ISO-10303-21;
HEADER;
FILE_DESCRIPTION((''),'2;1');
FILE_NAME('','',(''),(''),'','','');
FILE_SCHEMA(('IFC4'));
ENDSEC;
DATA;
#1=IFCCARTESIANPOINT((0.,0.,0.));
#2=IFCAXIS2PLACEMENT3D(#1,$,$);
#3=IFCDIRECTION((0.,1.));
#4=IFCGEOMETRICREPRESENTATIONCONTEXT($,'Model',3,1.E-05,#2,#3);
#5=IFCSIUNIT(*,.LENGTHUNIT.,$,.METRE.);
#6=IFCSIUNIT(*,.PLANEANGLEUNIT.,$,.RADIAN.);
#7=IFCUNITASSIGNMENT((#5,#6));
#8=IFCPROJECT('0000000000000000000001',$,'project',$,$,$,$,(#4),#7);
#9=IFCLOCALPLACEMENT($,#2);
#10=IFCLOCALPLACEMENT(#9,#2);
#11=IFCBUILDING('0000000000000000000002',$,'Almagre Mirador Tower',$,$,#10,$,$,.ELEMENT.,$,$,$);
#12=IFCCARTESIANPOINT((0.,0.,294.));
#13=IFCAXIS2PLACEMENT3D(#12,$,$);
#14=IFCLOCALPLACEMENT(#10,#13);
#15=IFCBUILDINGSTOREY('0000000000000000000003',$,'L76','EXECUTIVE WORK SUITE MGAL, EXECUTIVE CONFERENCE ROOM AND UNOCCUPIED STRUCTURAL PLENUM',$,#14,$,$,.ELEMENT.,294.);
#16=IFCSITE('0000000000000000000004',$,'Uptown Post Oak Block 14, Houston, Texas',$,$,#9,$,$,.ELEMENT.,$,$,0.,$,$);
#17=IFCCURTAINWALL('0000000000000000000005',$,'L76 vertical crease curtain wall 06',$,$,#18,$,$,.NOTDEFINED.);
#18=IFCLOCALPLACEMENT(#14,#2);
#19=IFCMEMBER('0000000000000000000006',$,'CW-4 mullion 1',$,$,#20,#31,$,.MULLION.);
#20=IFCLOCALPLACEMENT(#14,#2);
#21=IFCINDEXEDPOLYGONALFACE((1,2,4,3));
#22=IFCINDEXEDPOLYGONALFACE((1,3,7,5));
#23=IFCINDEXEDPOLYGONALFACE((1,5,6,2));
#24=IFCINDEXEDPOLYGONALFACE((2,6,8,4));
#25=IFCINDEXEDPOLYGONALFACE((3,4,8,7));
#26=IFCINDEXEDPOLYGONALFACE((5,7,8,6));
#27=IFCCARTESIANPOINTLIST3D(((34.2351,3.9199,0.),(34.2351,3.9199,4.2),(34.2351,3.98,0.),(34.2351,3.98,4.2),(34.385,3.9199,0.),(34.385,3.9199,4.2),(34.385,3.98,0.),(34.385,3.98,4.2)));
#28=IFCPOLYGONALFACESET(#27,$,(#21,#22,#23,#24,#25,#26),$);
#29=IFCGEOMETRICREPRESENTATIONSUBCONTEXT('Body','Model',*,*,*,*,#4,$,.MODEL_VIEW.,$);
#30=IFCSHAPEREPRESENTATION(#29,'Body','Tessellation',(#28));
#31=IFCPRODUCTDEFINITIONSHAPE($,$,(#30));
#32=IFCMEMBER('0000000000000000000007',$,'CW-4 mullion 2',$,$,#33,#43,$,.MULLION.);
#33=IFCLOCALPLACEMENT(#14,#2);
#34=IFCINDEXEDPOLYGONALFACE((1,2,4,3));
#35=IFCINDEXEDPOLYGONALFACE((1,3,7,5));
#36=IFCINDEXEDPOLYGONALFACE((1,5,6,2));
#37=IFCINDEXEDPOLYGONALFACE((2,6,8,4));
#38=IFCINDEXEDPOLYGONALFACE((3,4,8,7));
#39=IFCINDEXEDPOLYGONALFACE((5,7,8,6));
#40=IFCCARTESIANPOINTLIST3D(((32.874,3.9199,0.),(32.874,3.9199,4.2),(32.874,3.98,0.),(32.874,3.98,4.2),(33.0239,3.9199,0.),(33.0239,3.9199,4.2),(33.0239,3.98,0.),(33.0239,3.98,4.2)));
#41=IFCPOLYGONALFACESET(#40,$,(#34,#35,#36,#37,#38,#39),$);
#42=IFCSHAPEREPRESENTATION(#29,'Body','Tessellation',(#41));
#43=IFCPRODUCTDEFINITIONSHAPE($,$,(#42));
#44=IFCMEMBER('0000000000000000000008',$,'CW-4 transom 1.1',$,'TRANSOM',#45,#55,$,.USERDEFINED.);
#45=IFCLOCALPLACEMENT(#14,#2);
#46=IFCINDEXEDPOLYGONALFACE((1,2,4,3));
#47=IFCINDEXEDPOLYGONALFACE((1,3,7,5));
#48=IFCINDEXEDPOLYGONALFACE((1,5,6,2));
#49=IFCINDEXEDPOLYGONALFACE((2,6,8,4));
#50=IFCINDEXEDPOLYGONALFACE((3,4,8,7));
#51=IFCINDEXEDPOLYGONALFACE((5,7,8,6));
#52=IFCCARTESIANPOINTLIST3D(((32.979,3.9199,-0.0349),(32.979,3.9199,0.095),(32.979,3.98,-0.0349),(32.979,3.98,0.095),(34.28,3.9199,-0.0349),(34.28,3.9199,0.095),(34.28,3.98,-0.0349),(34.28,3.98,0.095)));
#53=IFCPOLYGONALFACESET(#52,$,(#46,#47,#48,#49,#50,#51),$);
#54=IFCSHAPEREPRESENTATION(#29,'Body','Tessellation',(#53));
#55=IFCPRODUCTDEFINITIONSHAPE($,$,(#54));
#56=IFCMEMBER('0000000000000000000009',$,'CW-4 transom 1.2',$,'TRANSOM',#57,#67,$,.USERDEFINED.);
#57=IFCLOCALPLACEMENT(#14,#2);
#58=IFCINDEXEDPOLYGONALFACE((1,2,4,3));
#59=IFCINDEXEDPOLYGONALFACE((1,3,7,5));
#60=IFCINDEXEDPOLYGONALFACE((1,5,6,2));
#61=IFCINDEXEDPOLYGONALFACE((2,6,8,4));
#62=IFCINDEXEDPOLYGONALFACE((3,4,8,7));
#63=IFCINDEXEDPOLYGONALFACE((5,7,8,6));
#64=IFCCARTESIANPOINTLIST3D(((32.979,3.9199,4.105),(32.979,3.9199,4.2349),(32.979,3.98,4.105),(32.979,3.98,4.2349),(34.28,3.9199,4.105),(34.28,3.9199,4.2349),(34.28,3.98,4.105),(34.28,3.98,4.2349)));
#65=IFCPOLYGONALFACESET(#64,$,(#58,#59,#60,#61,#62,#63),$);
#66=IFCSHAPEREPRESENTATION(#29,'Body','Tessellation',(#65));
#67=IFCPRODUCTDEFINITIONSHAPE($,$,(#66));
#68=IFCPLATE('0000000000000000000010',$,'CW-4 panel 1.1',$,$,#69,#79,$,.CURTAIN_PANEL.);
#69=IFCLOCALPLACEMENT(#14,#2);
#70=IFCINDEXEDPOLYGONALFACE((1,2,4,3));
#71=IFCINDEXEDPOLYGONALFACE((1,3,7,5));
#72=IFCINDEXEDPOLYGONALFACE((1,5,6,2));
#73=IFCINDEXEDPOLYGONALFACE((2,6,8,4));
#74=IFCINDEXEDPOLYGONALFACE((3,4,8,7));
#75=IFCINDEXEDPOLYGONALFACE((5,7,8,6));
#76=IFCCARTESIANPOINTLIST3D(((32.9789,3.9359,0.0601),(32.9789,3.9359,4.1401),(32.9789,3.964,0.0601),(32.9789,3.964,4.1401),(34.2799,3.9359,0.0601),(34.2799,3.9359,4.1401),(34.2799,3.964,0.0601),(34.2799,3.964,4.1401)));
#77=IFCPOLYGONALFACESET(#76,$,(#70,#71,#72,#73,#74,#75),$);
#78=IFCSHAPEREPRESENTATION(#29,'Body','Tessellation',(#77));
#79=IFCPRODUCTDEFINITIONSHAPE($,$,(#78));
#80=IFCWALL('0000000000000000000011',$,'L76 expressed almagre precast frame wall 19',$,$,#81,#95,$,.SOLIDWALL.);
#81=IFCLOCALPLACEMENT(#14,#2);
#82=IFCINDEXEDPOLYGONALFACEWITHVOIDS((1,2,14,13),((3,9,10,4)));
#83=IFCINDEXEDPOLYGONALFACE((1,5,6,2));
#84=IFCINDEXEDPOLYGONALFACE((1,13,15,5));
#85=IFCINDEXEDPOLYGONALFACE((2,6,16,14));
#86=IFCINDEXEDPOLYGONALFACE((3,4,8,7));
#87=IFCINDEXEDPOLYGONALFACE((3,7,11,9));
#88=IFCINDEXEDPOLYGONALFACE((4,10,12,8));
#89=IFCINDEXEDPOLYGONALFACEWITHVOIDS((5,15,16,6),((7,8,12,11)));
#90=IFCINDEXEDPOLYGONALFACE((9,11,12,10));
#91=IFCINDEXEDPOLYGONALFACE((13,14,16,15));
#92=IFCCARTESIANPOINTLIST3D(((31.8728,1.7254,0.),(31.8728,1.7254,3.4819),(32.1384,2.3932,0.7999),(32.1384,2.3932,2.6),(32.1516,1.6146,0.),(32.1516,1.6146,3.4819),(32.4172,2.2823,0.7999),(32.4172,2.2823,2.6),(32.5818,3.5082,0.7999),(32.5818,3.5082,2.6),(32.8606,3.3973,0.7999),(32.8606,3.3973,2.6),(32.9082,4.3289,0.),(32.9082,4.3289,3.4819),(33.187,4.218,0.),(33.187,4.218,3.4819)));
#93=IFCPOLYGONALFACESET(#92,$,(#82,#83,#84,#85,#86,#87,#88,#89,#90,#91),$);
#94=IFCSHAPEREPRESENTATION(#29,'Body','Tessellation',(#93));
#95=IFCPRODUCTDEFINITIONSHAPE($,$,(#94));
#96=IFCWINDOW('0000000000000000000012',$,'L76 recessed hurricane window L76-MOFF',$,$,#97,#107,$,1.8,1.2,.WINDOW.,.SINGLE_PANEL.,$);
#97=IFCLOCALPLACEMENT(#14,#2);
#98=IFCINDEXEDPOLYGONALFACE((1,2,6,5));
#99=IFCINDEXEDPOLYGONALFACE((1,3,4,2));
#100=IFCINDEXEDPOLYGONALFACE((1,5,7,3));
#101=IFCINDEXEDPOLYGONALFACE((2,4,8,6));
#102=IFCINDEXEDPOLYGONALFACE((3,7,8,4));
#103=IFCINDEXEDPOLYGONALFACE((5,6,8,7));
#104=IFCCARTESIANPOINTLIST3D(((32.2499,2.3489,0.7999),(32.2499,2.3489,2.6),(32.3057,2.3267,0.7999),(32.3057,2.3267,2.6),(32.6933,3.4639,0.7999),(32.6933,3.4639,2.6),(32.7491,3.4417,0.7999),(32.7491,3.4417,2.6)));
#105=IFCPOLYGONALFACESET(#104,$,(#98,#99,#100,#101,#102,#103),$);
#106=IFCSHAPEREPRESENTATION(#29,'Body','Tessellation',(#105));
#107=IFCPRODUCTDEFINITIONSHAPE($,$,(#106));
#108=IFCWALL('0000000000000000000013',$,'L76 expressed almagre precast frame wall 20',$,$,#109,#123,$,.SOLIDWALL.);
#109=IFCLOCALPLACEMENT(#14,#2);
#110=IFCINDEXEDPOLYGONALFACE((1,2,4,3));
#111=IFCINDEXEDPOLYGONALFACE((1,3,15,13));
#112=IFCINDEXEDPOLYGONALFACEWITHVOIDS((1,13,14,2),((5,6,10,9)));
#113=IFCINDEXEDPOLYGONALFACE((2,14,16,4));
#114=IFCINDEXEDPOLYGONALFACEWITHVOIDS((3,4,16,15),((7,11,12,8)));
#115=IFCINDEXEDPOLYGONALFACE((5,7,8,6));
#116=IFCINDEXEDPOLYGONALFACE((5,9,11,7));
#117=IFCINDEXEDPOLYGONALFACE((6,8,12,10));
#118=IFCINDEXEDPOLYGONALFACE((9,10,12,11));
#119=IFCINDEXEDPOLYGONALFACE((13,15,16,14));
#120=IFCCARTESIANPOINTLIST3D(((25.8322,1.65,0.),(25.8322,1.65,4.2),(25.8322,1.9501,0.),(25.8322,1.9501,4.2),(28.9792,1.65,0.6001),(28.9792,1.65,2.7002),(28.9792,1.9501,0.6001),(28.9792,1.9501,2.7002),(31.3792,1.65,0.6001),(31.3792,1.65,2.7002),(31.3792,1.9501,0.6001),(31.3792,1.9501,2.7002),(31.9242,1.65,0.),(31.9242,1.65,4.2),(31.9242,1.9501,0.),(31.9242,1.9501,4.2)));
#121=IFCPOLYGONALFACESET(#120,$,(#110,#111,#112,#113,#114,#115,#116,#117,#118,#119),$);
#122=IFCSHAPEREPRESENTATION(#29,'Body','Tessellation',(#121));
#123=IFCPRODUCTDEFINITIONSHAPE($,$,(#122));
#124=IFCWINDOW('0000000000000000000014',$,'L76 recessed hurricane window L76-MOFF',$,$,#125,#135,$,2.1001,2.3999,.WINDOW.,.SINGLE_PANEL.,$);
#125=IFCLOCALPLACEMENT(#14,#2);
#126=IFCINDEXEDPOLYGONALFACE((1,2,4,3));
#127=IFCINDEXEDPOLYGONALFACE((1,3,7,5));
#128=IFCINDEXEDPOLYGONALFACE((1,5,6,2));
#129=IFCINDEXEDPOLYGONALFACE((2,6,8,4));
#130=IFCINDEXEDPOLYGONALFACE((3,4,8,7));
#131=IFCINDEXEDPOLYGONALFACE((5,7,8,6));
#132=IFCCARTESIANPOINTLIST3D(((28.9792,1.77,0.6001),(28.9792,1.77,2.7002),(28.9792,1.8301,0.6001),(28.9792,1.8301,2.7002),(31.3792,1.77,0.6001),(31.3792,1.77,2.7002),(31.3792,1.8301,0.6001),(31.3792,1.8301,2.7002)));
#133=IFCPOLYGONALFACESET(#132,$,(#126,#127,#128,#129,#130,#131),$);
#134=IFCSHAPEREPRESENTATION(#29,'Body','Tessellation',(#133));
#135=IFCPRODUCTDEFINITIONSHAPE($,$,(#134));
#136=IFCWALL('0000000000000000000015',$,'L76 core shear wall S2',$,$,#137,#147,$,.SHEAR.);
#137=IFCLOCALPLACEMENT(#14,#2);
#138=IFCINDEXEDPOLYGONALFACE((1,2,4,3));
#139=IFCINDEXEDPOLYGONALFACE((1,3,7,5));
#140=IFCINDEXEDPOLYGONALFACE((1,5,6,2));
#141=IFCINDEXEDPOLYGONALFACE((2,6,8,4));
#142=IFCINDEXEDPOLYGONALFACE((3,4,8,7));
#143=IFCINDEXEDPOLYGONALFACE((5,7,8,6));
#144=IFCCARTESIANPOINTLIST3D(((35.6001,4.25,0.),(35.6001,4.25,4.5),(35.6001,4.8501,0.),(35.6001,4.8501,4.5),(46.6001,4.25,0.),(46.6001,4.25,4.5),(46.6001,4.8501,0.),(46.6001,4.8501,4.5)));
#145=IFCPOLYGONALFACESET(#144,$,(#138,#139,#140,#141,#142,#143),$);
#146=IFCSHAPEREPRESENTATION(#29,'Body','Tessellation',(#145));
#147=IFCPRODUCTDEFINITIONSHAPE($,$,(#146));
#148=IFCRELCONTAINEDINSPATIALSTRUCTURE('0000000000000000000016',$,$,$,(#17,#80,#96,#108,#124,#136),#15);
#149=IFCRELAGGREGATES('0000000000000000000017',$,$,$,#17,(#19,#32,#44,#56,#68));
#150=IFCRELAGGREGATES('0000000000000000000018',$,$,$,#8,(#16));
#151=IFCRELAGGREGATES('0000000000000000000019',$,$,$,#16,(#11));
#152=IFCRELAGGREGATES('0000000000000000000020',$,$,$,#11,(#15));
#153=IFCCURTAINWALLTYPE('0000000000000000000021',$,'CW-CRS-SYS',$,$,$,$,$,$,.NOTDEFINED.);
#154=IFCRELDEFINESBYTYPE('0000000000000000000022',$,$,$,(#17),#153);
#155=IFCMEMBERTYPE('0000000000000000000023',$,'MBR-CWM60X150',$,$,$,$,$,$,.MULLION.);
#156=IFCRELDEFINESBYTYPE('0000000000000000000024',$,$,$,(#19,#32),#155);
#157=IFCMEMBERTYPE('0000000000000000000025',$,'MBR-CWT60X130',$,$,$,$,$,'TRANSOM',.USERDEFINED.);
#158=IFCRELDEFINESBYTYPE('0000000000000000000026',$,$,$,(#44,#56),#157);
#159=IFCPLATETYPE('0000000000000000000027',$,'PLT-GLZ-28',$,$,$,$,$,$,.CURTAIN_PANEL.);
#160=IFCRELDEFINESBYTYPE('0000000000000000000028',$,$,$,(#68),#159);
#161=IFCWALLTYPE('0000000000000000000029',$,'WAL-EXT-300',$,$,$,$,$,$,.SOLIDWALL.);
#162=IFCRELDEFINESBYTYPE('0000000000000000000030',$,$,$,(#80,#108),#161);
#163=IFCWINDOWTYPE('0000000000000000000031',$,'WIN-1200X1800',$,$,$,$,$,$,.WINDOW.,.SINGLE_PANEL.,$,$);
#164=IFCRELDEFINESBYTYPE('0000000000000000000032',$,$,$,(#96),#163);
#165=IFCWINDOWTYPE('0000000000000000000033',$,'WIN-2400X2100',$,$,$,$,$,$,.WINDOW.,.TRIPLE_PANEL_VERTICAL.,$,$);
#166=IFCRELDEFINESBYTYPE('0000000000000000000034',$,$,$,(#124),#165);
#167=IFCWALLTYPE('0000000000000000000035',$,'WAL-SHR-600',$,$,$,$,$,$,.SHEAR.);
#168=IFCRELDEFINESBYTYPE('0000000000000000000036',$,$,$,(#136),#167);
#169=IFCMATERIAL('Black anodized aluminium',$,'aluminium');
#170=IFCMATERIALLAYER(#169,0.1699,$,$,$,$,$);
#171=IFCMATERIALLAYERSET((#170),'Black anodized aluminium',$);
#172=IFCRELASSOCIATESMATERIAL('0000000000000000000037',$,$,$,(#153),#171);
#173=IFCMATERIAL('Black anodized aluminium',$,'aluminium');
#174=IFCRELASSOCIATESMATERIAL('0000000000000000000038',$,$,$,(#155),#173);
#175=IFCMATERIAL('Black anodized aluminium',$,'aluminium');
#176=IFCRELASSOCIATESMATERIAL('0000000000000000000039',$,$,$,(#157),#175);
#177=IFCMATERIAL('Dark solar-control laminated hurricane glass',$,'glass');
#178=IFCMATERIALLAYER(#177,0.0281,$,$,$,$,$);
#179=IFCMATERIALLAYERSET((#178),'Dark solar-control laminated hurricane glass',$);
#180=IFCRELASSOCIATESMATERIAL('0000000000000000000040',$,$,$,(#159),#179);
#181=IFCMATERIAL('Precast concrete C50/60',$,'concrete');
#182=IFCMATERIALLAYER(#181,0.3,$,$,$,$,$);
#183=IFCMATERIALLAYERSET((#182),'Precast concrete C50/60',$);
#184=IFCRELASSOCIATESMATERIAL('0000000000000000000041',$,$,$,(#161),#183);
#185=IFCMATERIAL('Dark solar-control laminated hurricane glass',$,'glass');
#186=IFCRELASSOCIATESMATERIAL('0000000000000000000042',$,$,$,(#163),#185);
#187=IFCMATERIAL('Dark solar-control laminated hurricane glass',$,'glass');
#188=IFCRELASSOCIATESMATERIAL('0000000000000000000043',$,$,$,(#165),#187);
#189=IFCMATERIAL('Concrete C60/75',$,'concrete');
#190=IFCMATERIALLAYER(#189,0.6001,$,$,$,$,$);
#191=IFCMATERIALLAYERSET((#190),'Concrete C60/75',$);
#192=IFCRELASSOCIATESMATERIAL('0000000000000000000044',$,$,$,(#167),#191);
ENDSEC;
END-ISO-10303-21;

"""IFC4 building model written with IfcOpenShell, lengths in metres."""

from ifc_helpers import new_model, si_unit, direction, frame, frame_2d, origin, origin_2d, place, context, subcontext, project, spatial, rectangle, extrude, material, layer, layer_set, material_profile, profile_set, type_object, element, fill, aggregate, save


model = new_model("IFC4")

# Units and contexts
model_context = context("Model", 3, precision=1e-05, world=origin(), true_north=direction((0.0, 1.0)))
body_context = subcontext(model_context, "Body", "Model", "MODEL_VIEW")
ifc_project = project(units=[si_unit("LENGTHUNIT", "METRE"), si_unit("PLANEANGLEUNIT", "RADIAN")], contexts=[model_context])

# Site, building, storey
site_placement = place(None, origin())
site = spatial("IfcSite", under=ifc_project, at=site_placement, Name="Uptown Post Oak Block 14, Houston, Texas", CompositionType="ELEMENT", RefElevation=0.0)
building_placement = place(site_placement, origin())
building = spatial("IfcBuilding", under=site, at=building_placement, Name="Almagre Mirador Tower", CompositionType="ELEMENT")
storey_placement = place(building_placement, frame((0.0, 0.0, 294.0)))
storey = spatial("IfcBuildingStorey", under=building, at=storey_placement, Name="L76", Description="EXECUTIVE WORK SUITE MGAL, EXECUTIVE CONFERENCE ROOM AND UNOCCUPIED STRUCTURAL PLENUM", CompositionType="ELEMENT", Elevation=294.0)

# Curtain wall, members, plate
ifc_material_1 = material(Name="Black anodized aluminium", Category="aluminium")
ifc_layer_1 = layer(ifc_material_1, 0.1699)
ifc_layer_set_1 = layer_set([ifc_layer_1], Name="Black anodized aluminium")
curtain_wall_type = type_object("IfcCurtainWallType", Name="CW-CRS-SYS", PredefinedType="NOTDEFINED", material=ifc_layer_set_1)
curtain_wall_placement = place(storey_placement, origin())
curtain_wall = element("IfcCurtainWall", 1, at=curtain_wall_placement, inside=storey, type_object=curtain_wall_type, Name="L76 vertical crease curtain wall 06", PredefinedType="NOTDEFINED")
ifc_material_2 = material(Name="Black anodized aluminium", Category="aluminium")
ifc_material_profile_1 = material_profile(ifc_material_2, rectangle(XDim=0.0601, YDim=0.1499, at=origin_2d()), Name="CWM60X150")
ifc_profile_set_1 = profile_set([ifc_material_profile_1], Name="Black anodized aluminium")
member_type_1 = type_object("IfcMemberType", Name="MBR-CWM60X150", PredefinedType="MULLION", material=ifc_profile_set_1)
member_1_placement = place(storey_placement, frame((34.3101, 3.95, 0.0), z_axis=(0.0, 0.0, 1.0), x_axis=(0.0, -1.0, 0.0)))
member_1 = element("IfcMember", 2, at=member_1_placement, type_object=member_type_1, Name="CW-4 mullion 1", PredefinedType="MULLION", context=body_context, shape_type="SweptSolid", body=[
    extrude(rectangle(XDim=0.0601, YDim=0.1499, at=origin_2d()), origin(), (0.0, 0.0, 1.0), 4.2),
])
member_2_placement = place(storey_placement, frame((32.949, 3.95, 0.0), z_axis=(0.0, 0.0, 1.0), x_axis=(0.0, -1.0, 0.0)))
member_2 = element("IfcMember", 3, at=member_2_placement, type_object=member_type_1, Name="CW-4 mullion 2", PredefinedType="MULLION", context=body_context, shape_type="SweptSolid", body=[
    extrude(rectangle(XDim=0.0601, YDim=0.1499, at=origin_2d()), origin(), (0.0, 0.0, 1.0), 4.2),
])
ifc_material_3 = material(Name="Black anodized aluminium", Category="aluminium")
ifc_material_profile_2 = material_profile(ifc_material_3, rectangle(XDim=0.0601, YDim=0.1299, at=origin_2d()), Name="CWT60X130")
ifc_profile_set_2 = profile_set([ifc_material_profile_2], Name="Black anodized aluminium")
member_type_2 = type_object("IfcMemberType", Name="MBR-CWT60X130", ElementType="TRANSOM", PredefinedType="USERDEFINED", material=ifc_profile_set_2)
member_3_placement = place(storey_placement, frame((34.28, 3.95, 0.03), z_axis=(-1.0, 0.0, 0.0), x_axis=(0.0, -1.0, 0.0)))
member_3 = element("IfcMember", 4, at=member_3_placement, type_object=member_type_2, Name="CW-4 transom 1.1", ObjectType="TRANSOM", PredefinedType="USERDEFINED", context=body_context, shape_type="SweptSolid", body=[
    extrude(rectangle(XDim=0.0601, YDim=0.1299, at=origin_2d()), origin(), (0.0, 0.0, 1.0), 1.301),
])
member_4_placement = place(storey_placement, frame((34.28, 3.95, 4.1699), z_axis=(-1.0, 0.0, 0.0), x_axis=(0.0, -1.0, 0.0)))
member_4 = element("IfcMember", 5, at=member_4_placement, type_object=member_type_2, Name="CW-4 transom 1.2", ObjectType="TRANSOM", PredefinedType="USERDEFINED", context=body_context, shape_type="SweptSolid", body=[
    extrude(rectangle(XDim=0.0601, YDim=0.1299, at=origin_2d()), origin(), (0.0, 0.0, 1.0), 1.301),
])
ifc_material_4 = material(Name="Dark solar-control laminated hurricane glass", Category="glass")
ifc_layer_2 = layer(ifc_material_4, 0.0281)
ifc_layer_set_2 = layer_set([ifc_layer_2], Name="Dark solar-control laminated hurricane glass")
plate_type = type_object("IfcPlateType", Name="PLT-GLZ-28", PredefinedType="CURTAIN_PANEL", material=ifc_layer_set_2)
plate_placement = place(storey_placement, frame((33.6294, 3.95, 0.0601), z_axis=(0.0, 0.0, 1.0), x_axis=(-1.0, 0.0, 0.0)))
plate = element("IfcPlate", 6, at=plate_placement, type_object=plate_type, Name="CW-4 panel 1.1", PredefinedType="CURTAIN_PANEL", context=body_context, shape_type="SweptSolid", body=[
    extrude(rectangle(XDim=1.301, YDim=0.0281, at=origin_2d()), origin(), (0.0, 0.0, 1.0), 4.0801),
])
aggregate(curtain_wall, [member_1, member_2, member_3, member_4, plate])

# Walls, openings, windows
ifc_material_5 = material(Name="Precast concrete C50/60", Category="concrete")
ifc_layer_3 = layer(ifc_material_5, 0.3)
ifc_layer_set_3 = layer_set([ifc_layer_3], Name="Precast concrete C50/60")
wall_type_1 = type_object("IfcWallType", Name="WAL-EXT-300", PredefinedType="SOLIDWALL", material=ifc_layer_set_3)
wall_1_placement = place(storey_placement, frame((33.0476, 4.2734, 0.0), z_axis=(0.0, 0.0, 1.0), x_axis=(-0.369542, -0.929214, 0.0)))
wall_1 = element("IfcWall", 7, at=wall_1_placement, inside=storey, type_object=wall_type_1, Name="L76 expressed almagre precast frame wall 19", PredefinedType="SOLIDWALL", context=body_context, shape_type="SweptSolid", body=[
    extrude(rectangle(XDim=2.8018, YDim=0.3, at=frame_2d((1.4009, 0.0))), origin(), (0.0, 0.0, 1.0), 3.4819),
])
opening_1_placement = place(wall_1_placement, frame((0.8831, 0.0, 0.8)))
opening_1 = element("IfcOpeningElement", 8, at=opening_1_placement, cuts=wall_1, PredefinedType="OPENING", context=body_context, shape_type="SweptSolid", body=[
    extrude(rectangle(XDim=1.2, YDim=1.8, at=frame_2d((0.6001, 0.8999))), frame((0.0, 0.1599, 0.0), z_axis=(0.0, -1.0, 0.0), x_axis=(1.0, 0.0, 0.0)), (0.0, 0.0, 1.0), 0.32),
])
ifc_material_6 = material(Name="Dark solar-control laminated hurricane glass", Category="glass")
window_type_1 = type_object("IfcWindowType", Name="WIN-1200X1800", PartitioningType="SINGLE_PANEL", PredefinedType="WINDOW", material=ifc_material_6)
window_1_placement = place(opening_1_placement, origin())
window_1 = element("IfcWindow", 9, at=window_1_placement, inside=storey, type_object=window_type_1, Name="L76 recessed hurricane window L76-MOFF", OverallHeight=1.8, OverallWidth=1.2, PartitioningType="SINGLE_PANEL", PredefinedType="WINDOW", context=body_context, shape_type="SweptSolid", body=[
    extrude(rectangle(XDim=1.2, YDim=1.8, at=frame_2d((0.6001, 0.8999))), frame((0.0, 0.03, 0.0), z_axis=(0.0, -1.0, 0.0), x_axis=(1.0, 0.0, 0.0)), (0.0, 0.0, 1.0), 0.0601),
])
fill(opening_1, window_1)
wall_2_placement = place(storey_placement, frame((31.9241, 1.8, 0.0), z_axis=(0.0, 0.0, 1.0), x_axis=(-1.0, 0.0, 0.0)))
wall_2 = element("IfcWall", 10, at=wall_2_placement, inside=storey, type_object=wall_type_1, Name="L76 expressed almagre precast frame wall 20", PredefinedType="SOLIDWALL", context=body_context, shape_type="SweptSolid", body=[
    extrude(rectangle(XDim=6.092, YDim=0.3, at=frame_2d((3.0459, 0.0))), origin(), (0.0, 0.0, 1.0), 4.2),
])
opening_2_placement = place(wall_2_placement, frame((0.5449, 0.0, 0.6001)))
opening_2 = element("IfcOpeningElement", 11, at=opening_2_placement, cuts=wall_2, PredefinedType="OPENING", context=body_context, shape_type="SweptSolid", body=[
    extrude(rectangle(XDim=2.3999, YDim=2.1001, at=frame_2d((1.2, 1.05))), frame((0.0, 0.1599, 0.0), z_axis=(0.0, -1.0, 0.0), x_axis=(1.0, 0.0, 0.0)), (0.0, 0.0, 1.0), 0.32),
])
ifc_material_7 = material(Name="Dark solar-control laminated hurricane glass", Category="glass")
window_type_2 = type_object("IfcWindowType", Name="WIN-2400X2100", PartitioningType="TRIPLE_PANEL_VERTICAL", PredefinedType="WINDOW", material=ifc_material_7)
window_2_placement = place(opening_2_placement, origin())
window_2 = element("IfcWindow", 12, at=window_2_placement, inside=storey, type_object=window_type_2, Name="L76 recessed hurricane window L76-MOFF", OverallHeight=2.1001, OverallWidth=2.3999, PartitioningType="SINGLE_PANEL", PredefinedType="WINDOW", context=body_context, shape_type="SweptSolid", body=[
    extrude(rectangle(XDim=2.3999, YDim=2.1001, at=frame_2d((1.2, 1.05))), frame((0.0, 0.03, 0.0), z_axis=(0.0, -1.0, 0.0), x_axis=(1.0, 0.0, 0.0)), (0.0, 0.0, 1.0), 0.0601),
])
fill(opening_2, window_2)

# Wall
ifc_material_8 = material(Name="Concrete C60/75", Category="concrete")
ifc_layer_4 = layer(ifc_material_8, 0.6001)
ifc_layer_set_4 = layer_set([ifc_layer_4], Name="Concrete C60/75")
wall_type_2 = type_object("IfcWallType", Name="WAL-SHR-600", PredefinedType="SHEAR", material=ifc_layer_set_4)
wall_3_placement = place(storey_placement, frame((35.6001, 4.55, 0.0), z_axis=(0.0, 0.0, 1.0), x_axis=(1.0, 0.0, 0.0)))
element("IfcWall", 13, at=wall_3_placement, inside=storey, type_object=wall_type_2, Name="L76 core shear wall S2", PredefinedType="SHEAR", context=body_context, shape_type="SweptSolid", body=[
    extrude(rectangle(XDim=11.0, YDim=0.6001, at=frame_2d((5.5, 0.0))), origin(), (0.0, 0.0, 1.0), 4.5),
])

save(model, "model.ifc")
